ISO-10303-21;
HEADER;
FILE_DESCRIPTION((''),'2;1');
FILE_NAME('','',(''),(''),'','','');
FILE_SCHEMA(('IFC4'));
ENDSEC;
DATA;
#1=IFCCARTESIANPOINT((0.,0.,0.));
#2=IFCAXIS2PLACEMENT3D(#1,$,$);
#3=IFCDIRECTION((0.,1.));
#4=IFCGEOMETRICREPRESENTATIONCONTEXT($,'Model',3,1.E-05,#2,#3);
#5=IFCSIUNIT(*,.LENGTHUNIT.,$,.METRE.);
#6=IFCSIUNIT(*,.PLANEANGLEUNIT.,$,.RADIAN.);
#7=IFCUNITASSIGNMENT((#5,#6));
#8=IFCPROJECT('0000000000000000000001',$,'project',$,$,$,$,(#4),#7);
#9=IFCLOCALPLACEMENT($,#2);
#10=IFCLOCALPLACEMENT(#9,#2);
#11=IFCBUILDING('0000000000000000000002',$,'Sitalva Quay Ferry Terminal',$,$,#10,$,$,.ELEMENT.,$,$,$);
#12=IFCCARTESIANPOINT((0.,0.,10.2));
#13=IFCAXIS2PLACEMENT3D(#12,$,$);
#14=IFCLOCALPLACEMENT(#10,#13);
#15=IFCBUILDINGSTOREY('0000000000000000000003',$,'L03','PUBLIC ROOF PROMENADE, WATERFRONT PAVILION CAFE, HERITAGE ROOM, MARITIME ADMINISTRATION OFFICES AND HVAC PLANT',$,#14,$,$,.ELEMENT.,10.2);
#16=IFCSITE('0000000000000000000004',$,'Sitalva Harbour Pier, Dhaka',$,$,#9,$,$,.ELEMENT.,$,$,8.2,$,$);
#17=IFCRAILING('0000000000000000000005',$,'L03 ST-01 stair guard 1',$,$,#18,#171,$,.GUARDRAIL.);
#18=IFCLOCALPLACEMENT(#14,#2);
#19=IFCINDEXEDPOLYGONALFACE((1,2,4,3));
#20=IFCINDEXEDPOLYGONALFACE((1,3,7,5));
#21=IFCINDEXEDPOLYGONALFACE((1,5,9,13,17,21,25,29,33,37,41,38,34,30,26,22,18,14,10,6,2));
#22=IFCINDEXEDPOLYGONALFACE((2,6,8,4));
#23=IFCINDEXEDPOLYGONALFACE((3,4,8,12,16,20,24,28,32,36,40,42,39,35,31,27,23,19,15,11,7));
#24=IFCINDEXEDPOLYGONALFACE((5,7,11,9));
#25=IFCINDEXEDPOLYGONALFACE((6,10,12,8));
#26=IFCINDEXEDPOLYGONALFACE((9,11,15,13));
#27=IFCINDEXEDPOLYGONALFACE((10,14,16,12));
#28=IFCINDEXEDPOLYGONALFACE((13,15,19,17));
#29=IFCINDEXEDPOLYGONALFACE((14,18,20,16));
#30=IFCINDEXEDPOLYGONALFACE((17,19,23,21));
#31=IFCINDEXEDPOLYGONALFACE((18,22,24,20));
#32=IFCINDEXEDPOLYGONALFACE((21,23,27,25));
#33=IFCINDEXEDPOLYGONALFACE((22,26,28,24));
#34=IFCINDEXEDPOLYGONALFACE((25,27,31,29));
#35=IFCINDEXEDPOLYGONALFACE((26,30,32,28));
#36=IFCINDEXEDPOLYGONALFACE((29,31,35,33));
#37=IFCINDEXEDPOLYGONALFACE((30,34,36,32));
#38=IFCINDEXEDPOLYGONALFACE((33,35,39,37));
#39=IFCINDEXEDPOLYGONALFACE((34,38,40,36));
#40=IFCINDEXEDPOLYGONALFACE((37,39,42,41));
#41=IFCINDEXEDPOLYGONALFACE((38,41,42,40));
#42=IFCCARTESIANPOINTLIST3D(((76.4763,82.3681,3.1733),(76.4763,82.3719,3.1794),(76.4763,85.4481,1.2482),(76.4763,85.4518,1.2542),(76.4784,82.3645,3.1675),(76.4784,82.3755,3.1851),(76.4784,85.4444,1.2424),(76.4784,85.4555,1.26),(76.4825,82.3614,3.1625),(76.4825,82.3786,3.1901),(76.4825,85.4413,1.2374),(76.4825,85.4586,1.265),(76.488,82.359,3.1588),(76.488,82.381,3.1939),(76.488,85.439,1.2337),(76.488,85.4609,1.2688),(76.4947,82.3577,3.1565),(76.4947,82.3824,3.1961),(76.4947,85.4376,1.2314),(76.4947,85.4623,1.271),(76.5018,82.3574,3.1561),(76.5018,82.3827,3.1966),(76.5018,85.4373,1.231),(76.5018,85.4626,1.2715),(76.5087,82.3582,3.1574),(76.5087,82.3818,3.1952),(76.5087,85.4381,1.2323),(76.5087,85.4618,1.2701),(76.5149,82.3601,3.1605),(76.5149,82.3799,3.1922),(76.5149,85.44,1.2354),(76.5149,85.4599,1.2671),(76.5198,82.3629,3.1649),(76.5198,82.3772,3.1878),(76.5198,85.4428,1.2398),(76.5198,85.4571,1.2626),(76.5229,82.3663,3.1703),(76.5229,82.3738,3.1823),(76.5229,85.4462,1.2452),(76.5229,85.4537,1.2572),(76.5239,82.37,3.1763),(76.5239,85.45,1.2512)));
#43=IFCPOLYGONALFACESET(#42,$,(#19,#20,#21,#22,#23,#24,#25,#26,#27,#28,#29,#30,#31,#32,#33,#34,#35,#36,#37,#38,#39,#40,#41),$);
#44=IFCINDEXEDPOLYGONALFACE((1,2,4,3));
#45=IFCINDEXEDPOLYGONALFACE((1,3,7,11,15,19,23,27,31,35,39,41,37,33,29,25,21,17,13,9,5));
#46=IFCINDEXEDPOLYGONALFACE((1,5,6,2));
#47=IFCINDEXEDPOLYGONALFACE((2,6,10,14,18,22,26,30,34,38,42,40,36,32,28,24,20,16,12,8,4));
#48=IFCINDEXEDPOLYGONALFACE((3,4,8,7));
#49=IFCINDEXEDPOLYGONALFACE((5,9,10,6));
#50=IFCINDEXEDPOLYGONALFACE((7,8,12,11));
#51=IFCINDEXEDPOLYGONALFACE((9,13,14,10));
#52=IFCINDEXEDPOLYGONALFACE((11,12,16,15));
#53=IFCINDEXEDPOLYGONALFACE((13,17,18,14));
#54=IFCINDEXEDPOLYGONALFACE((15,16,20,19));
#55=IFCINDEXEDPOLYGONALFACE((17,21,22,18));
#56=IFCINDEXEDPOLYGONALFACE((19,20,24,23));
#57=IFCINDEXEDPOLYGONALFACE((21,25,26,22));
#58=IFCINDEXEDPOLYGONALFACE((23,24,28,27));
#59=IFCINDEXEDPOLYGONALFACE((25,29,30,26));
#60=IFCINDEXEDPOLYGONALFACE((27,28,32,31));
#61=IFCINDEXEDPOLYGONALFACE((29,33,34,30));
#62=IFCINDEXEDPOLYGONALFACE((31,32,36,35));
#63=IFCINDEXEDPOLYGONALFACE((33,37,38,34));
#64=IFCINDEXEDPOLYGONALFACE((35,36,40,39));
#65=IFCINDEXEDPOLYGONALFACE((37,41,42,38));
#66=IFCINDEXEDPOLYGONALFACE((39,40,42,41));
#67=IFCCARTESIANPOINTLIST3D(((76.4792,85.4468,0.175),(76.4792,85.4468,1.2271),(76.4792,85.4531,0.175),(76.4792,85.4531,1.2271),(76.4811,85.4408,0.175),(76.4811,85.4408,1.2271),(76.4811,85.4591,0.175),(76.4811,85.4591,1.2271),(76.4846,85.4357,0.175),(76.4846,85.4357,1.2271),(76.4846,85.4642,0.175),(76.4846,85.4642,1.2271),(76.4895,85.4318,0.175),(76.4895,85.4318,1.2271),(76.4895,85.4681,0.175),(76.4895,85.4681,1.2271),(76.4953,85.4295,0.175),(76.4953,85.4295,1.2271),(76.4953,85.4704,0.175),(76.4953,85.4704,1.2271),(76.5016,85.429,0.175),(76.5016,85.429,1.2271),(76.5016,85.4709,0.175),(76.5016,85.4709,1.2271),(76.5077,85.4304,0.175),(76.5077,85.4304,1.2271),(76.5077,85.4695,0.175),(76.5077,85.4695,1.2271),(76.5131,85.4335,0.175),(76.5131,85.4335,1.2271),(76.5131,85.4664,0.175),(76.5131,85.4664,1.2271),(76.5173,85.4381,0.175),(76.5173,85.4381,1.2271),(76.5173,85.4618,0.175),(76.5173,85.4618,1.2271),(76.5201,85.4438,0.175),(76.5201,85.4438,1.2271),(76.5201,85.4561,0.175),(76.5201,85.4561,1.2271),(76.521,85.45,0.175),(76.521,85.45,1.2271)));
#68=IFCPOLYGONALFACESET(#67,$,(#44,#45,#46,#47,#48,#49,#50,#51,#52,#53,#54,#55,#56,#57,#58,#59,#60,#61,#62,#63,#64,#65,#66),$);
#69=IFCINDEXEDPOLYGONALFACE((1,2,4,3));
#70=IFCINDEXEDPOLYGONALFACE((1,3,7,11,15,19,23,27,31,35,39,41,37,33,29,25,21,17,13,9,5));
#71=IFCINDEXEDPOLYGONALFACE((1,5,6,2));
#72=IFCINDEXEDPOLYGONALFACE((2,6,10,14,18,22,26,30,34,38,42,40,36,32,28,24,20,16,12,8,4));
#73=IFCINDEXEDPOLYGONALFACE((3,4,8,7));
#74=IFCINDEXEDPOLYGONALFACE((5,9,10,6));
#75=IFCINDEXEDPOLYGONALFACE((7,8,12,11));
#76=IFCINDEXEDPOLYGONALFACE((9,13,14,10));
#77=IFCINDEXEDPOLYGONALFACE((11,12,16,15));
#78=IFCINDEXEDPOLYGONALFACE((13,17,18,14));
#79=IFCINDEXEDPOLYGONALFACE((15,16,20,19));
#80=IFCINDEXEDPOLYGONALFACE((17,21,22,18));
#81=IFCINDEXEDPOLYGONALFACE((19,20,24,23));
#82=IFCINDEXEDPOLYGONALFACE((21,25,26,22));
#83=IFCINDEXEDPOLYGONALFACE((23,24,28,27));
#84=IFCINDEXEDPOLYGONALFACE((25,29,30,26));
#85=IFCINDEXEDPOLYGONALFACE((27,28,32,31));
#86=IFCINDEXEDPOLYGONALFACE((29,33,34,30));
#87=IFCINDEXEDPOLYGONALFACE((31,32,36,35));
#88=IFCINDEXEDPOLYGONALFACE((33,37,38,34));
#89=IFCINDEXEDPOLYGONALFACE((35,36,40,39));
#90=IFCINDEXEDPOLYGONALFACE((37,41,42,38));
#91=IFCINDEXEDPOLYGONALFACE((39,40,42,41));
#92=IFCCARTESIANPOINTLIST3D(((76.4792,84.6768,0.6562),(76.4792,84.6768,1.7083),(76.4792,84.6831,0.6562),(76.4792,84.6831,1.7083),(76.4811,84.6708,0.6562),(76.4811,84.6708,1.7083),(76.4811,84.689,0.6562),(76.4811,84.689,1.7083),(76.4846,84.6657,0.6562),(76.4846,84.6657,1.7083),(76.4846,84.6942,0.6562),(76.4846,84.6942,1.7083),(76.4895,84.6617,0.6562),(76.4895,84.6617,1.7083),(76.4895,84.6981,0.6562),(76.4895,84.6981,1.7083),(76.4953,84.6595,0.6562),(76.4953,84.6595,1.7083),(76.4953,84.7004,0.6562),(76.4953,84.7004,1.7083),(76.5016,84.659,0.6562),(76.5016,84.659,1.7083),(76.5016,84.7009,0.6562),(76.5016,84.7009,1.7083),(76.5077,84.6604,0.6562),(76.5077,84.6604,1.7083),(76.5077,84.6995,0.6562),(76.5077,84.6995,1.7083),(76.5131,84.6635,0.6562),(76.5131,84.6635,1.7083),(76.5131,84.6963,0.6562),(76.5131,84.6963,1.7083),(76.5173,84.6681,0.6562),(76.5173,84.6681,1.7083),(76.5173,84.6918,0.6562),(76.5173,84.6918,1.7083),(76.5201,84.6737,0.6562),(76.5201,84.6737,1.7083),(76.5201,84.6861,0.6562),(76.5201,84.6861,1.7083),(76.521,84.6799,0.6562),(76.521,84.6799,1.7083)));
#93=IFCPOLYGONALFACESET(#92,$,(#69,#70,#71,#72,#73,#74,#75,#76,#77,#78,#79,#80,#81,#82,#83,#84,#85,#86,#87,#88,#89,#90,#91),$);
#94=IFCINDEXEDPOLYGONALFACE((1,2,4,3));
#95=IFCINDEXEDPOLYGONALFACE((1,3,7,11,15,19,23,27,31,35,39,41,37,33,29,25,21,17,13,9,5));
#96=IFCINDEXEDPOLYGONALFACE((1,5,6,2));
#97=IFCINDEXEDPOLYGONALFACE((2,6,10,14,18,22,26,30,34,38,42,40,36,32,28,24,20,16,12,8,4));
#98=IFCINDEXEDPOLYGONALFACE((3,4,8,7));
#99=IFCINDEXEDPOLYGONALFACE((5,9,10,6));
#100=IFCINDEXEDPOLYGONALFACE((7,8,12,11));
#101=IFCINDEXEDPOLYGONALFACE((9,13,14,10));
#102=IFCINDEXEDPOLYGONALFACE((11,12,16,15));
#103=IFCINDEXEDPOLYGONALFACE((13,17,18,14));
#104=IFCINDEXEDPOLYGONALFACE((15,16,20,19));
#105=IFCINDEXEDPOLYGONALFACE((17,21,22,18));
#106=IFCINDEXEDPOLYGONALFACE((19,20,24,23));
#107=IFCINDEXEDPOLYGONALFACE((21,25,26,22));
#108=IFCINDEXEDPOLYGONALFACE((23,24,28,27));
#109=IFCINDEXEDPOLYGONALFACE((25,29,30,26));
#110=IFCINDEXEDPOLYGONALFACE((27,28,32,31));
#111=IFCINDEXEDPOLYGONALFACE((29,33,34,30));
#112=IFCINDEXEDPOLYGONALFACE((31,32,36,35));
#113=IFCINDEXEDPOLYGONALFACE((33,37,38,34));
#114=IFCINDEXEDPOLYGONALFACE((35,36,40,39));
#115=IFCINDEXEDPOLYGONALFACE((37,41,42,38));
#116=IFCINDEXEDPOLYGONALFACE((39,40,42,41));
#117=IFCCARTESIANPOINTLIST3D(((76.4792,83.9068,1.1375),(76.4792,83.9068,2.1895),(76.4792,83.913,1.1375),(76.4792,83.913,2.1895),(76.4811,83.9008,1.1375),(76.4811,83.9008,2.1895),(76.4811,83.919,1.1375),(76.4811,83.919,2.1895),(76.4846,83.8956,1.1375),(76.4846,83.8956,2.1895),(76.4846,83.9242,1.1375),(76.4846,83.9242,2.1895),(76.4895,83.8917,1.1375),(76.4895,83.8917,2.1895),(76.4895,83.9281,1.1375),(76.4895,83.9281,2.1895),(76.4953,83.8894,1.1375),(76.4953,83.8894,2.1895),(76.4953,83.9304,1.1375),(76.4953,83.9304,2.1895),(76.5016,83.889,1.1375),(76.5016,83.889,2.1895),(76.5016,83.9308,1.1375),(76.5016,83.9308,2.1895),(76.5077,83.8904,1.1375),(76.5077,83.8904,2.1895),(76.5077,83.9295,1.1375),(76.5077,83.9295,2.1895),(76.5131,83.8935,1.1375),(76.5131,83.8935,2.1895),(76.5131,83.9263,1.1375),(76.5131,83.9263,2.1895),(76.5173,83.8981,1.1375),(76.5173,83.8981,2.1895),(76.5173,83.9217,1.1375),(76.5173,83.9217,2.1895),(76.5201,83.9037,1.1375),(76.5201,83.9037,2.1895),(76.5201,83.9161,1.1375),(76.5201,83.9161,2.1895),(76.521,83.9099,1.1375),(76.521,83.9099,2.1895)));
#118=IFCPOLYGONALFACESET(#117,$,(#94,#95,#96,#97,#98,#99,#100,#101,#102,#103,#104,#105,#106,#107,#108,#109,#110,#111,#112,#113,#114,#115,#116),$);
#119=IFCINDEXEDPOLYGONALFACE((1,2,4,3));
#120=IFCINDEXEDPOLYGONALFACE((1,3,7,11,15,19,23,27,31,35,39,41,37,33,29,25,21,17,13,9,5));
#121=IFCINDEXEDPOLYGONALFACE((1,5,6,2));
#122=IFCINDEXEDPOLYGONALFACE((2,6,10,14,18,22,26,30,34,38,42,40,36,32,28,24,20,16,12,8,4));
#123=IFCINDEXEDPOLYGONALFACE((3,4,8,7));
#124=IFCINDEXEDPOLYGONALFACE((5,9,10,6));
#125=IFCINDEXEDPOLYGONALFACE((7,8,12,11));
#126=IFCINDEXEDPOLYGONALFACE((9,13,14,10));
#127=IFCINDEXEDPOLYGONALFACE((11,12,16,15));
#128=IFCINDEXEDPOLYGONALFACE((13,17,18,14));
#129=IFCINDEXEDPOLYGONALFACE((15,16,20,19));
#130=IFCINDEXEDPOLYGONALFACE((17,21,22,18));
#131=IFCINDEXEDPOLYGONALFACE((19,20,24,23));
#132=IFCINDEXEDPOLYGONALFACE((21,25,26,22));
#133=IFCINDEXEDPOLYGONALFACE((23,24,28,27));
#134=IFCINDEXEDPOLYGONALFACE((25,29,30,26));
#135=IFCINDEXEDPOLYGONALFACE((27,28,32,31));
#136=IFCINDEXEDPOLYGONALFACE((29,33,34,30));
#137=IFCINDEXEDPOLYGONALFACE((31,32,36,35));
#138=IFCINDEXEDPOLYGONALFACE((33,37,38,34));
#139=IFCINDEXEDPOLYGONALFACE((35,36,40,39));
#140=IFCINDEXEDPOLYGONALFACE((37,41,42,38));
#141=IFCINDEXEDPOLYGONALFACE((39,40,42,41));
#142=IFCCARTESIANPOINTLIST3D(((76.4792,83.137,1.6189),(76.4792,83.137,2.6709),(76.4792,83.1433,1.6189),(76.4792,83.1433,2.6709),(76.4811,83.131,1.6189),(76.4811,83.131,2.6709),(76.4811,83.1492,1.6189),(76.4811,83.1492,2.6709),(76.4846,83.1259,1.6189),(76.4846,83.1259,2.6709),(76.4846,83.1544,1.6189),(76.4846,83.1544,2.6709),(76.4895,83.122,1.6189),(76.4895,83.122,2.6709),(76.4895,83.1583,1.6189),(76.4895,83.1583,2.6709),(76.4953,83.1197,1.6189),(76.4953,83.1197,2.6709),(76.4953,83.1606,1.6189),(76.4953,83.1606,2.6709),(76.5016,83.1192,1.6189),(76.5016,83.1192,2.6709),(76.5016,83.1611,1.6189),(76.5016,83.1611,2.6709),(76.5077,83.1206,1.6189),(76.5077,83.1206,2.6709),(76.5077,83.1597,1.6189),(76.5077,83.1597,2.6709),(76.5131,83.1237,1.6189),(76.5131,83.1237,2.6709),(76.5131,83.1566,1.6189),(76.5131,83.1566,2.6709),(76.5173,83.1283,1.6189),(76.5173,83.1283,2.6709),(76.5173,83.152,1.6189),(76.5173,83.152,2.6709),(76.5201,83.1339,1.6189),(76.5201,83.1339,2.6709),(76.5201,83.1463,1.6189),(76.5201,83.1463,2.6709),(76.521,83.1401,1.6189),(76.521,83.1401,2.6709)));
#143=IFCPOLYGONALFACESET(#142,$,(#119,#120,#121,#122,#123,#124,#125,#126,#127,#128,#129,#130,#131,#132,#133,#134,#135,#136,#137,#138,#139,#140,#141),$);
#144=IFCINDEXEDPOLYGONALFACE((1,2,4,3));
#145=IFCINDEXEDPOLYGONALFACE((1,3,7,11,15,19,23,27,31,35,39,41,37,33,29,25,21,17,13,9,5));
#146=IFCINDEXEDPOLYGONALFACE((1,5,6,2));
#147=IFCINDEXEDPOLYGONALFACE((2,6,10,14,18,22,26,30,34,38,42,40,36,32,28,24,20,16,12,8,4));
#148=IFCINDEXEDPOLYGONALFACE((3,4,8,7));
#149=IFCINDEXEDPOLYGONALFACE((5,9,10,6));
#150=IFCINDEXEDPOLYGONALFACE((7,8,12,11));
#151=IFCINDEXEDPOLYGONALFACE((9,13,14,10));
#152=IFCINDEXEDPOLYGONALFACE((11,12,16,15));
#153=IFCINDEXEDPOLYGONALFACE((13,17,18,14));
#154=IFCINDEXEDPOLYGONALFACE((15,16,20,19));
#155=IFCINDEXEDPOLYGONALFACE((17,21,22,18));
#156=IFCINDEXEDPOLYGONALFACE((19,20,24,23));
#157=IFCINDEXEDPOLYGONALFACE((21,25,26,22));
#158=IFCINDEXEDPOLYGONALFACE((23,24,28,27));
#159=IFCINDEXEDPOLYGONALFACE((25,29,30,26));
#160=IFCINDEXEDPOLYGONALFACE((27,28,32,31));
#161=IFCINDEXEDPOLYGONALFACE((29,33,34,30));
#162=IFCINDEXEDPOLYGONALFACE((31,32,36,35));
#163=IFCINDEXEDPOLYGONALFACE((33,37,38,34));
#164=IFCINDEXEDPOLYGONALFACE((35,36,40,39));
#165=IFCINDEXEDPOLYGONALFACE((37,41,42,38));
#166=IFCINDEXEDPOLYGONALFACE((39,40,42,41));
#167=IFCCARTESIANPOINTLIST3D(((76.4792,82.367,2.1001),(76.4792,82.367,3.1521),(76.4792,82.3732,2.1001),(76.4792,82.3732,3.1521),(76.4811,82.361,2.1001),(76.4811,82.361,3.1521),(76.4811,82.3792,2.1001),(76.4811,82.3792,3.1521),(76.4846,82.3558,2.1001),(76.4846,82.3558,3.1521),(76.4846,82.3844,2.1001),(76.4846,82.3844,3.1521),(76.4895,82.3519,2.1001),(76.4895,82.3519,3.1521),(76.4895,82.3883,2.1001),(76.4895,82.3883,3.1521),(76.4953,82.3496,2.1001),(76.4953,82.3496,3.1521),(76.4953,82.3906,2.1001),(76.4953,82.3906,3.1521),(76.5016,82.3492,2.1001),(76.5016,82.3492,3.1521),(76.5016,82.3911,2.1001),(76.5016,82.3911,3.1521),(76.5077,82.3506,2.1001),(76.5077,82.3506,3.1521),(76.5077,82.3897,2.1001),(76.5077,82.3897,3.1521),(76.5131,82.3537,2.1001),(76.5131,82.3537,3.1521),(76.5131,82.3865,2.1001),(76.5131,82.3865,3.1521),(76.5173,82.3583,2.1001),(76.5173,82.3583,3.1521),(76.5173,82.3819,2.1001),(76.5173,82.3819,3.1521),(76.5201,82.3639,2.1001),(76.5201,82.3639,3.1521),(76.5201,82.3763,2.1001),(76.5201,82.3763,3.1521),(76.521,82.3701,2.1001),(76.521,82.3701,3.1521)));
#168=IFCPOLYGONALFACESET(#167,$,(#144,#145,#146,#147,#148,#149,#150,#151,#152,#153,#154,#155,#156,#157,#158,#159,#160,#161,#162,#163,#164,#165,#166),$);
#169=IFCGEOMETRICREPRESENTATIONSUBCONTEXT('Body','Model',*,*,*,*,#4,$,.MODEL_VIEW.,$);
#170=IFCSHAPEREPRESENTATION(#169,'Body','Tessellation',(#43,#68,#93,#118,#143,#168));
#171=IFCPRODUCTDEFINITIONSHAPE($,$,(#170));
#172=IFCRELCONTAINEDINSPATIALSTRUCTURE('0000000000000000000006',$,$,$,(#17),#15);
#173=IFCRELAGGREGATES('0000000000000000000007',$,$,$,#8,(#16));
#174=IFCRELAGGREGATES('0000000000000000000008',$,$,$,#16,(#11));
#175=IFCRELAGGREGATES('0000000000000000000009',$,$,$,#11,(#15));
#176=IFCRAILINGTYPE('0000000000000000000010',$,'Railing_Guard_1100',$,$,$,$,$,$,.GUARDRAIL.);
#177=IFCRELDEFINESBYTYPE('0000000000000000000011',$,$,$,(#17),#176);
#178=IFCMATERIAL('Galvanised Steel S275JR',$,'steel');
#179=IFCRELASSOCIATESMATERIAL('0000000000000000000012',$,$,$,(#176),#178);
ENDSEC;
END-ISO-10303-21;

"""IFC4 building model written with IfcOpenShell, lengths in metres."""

from ifc_helpers import new_model, si_unit, direction, frame, origin, origin_2d, place, context, subcontext, project, spatial, circle, extrude, material, type_object, element, save


model = new_model("IFC4")

# Units and contexts
model_context = context("Model", 3, precision=1e-05, world=origin(), true_north=direction((0.0, 1.0)))
body_context = subcontext(model_context, "Body", "Model", "MODEL_VIEW")
ifc_project = project(units=[si_unit("LENGTHUNIT", "METRE"), si_unit("PLANEANGLEUNIT", "RADIAN")], contexts=[model_context])

# Site, building, storey
site_placement = place(None, origin())
site = spatial("IfcSite", under=ifc_project, at=site_placement, Name="Sitalva Harbour Pier, Dhaka", CompositionType="ELEMENT", RefElevation=8.2)
building_placement = place(site_placement, origin())
building = spatial("IfcBuilding", under=site, at=building_placement, Name="Sitalva Quay Ferry Terminal", CompositionType="ELEMENT")
storey_placement = place(building_placement, frame((0.0, 0.0, 10.2)))
storey = spatial("IfcBuildingStorey", under=building, at=storey_placement, Name="L03", Description="PUBLIC ROOF PROMENADE, WATERFRONT PAVILION CAFE, HERITAGE ROOM, MARITIME ADMINISTRATION OFFICES AND HVAC PLANT", CompositionType="ELEMENT", Elevation=10.2)

# Railing
ifc_material_1 = material(Name="Galvanised Steel S275JR", Category="steel")
railing_type_1 = type_object("IfcRailingType", Name="Railing_Guard_1100", PredefinedType="GUARDRAIL", material=ifc_material_1)
railing_1_placement = place(storey_placement, frame((76.5, 85.45, 0.175)))
element("IfcRailing", 1, at=railing_1_placement, inside=storey, type_object=railing_type_1, Name="L03 ST-01 stair guard 1", PredefinedType="GUARDRAIL", context=body_context, shape_type="SweptSolid", body=[
    extrude(circle(Radius=0.0239, at=origin_2d()), frame((0.0, 0.0, 1.0762), z_axis=(0.0, -0.847979, 0.530029), x_axis=(1.0, 0.0, 0.0)), (0.0, 0.0, 1.0), 3.6321),
    extrude(circle(Radius=0.021, at=origin_2d()), origin(), (0.0, 0.0, 1.0), 1.052),
    extrude(circle(Radius=0.021, at=origin_2d()), frame((0.0, -0.77, 0.4812)), (0.0, 0.0, 1.0), 1.052),
    extrude(circle(Radius=0.021, at=origin_2d()), frame((0.0, -1.54, 0.9624)), (0.0, 0.0, 1.0), 1.052),
    extrude(circle(Radius=0.021, at=origin_2d()), frame((0.0, -2.3098, 1.4438)), (0.0, 0.0, 1.0), 1.052),
    extrude(circle(Radius=0.021, at=origin_2d()), frame((0.0, -3.0798, 1.925)), (0.0, 0.0, 1.0), 1.052),
])

save(model, "model.ifc")
